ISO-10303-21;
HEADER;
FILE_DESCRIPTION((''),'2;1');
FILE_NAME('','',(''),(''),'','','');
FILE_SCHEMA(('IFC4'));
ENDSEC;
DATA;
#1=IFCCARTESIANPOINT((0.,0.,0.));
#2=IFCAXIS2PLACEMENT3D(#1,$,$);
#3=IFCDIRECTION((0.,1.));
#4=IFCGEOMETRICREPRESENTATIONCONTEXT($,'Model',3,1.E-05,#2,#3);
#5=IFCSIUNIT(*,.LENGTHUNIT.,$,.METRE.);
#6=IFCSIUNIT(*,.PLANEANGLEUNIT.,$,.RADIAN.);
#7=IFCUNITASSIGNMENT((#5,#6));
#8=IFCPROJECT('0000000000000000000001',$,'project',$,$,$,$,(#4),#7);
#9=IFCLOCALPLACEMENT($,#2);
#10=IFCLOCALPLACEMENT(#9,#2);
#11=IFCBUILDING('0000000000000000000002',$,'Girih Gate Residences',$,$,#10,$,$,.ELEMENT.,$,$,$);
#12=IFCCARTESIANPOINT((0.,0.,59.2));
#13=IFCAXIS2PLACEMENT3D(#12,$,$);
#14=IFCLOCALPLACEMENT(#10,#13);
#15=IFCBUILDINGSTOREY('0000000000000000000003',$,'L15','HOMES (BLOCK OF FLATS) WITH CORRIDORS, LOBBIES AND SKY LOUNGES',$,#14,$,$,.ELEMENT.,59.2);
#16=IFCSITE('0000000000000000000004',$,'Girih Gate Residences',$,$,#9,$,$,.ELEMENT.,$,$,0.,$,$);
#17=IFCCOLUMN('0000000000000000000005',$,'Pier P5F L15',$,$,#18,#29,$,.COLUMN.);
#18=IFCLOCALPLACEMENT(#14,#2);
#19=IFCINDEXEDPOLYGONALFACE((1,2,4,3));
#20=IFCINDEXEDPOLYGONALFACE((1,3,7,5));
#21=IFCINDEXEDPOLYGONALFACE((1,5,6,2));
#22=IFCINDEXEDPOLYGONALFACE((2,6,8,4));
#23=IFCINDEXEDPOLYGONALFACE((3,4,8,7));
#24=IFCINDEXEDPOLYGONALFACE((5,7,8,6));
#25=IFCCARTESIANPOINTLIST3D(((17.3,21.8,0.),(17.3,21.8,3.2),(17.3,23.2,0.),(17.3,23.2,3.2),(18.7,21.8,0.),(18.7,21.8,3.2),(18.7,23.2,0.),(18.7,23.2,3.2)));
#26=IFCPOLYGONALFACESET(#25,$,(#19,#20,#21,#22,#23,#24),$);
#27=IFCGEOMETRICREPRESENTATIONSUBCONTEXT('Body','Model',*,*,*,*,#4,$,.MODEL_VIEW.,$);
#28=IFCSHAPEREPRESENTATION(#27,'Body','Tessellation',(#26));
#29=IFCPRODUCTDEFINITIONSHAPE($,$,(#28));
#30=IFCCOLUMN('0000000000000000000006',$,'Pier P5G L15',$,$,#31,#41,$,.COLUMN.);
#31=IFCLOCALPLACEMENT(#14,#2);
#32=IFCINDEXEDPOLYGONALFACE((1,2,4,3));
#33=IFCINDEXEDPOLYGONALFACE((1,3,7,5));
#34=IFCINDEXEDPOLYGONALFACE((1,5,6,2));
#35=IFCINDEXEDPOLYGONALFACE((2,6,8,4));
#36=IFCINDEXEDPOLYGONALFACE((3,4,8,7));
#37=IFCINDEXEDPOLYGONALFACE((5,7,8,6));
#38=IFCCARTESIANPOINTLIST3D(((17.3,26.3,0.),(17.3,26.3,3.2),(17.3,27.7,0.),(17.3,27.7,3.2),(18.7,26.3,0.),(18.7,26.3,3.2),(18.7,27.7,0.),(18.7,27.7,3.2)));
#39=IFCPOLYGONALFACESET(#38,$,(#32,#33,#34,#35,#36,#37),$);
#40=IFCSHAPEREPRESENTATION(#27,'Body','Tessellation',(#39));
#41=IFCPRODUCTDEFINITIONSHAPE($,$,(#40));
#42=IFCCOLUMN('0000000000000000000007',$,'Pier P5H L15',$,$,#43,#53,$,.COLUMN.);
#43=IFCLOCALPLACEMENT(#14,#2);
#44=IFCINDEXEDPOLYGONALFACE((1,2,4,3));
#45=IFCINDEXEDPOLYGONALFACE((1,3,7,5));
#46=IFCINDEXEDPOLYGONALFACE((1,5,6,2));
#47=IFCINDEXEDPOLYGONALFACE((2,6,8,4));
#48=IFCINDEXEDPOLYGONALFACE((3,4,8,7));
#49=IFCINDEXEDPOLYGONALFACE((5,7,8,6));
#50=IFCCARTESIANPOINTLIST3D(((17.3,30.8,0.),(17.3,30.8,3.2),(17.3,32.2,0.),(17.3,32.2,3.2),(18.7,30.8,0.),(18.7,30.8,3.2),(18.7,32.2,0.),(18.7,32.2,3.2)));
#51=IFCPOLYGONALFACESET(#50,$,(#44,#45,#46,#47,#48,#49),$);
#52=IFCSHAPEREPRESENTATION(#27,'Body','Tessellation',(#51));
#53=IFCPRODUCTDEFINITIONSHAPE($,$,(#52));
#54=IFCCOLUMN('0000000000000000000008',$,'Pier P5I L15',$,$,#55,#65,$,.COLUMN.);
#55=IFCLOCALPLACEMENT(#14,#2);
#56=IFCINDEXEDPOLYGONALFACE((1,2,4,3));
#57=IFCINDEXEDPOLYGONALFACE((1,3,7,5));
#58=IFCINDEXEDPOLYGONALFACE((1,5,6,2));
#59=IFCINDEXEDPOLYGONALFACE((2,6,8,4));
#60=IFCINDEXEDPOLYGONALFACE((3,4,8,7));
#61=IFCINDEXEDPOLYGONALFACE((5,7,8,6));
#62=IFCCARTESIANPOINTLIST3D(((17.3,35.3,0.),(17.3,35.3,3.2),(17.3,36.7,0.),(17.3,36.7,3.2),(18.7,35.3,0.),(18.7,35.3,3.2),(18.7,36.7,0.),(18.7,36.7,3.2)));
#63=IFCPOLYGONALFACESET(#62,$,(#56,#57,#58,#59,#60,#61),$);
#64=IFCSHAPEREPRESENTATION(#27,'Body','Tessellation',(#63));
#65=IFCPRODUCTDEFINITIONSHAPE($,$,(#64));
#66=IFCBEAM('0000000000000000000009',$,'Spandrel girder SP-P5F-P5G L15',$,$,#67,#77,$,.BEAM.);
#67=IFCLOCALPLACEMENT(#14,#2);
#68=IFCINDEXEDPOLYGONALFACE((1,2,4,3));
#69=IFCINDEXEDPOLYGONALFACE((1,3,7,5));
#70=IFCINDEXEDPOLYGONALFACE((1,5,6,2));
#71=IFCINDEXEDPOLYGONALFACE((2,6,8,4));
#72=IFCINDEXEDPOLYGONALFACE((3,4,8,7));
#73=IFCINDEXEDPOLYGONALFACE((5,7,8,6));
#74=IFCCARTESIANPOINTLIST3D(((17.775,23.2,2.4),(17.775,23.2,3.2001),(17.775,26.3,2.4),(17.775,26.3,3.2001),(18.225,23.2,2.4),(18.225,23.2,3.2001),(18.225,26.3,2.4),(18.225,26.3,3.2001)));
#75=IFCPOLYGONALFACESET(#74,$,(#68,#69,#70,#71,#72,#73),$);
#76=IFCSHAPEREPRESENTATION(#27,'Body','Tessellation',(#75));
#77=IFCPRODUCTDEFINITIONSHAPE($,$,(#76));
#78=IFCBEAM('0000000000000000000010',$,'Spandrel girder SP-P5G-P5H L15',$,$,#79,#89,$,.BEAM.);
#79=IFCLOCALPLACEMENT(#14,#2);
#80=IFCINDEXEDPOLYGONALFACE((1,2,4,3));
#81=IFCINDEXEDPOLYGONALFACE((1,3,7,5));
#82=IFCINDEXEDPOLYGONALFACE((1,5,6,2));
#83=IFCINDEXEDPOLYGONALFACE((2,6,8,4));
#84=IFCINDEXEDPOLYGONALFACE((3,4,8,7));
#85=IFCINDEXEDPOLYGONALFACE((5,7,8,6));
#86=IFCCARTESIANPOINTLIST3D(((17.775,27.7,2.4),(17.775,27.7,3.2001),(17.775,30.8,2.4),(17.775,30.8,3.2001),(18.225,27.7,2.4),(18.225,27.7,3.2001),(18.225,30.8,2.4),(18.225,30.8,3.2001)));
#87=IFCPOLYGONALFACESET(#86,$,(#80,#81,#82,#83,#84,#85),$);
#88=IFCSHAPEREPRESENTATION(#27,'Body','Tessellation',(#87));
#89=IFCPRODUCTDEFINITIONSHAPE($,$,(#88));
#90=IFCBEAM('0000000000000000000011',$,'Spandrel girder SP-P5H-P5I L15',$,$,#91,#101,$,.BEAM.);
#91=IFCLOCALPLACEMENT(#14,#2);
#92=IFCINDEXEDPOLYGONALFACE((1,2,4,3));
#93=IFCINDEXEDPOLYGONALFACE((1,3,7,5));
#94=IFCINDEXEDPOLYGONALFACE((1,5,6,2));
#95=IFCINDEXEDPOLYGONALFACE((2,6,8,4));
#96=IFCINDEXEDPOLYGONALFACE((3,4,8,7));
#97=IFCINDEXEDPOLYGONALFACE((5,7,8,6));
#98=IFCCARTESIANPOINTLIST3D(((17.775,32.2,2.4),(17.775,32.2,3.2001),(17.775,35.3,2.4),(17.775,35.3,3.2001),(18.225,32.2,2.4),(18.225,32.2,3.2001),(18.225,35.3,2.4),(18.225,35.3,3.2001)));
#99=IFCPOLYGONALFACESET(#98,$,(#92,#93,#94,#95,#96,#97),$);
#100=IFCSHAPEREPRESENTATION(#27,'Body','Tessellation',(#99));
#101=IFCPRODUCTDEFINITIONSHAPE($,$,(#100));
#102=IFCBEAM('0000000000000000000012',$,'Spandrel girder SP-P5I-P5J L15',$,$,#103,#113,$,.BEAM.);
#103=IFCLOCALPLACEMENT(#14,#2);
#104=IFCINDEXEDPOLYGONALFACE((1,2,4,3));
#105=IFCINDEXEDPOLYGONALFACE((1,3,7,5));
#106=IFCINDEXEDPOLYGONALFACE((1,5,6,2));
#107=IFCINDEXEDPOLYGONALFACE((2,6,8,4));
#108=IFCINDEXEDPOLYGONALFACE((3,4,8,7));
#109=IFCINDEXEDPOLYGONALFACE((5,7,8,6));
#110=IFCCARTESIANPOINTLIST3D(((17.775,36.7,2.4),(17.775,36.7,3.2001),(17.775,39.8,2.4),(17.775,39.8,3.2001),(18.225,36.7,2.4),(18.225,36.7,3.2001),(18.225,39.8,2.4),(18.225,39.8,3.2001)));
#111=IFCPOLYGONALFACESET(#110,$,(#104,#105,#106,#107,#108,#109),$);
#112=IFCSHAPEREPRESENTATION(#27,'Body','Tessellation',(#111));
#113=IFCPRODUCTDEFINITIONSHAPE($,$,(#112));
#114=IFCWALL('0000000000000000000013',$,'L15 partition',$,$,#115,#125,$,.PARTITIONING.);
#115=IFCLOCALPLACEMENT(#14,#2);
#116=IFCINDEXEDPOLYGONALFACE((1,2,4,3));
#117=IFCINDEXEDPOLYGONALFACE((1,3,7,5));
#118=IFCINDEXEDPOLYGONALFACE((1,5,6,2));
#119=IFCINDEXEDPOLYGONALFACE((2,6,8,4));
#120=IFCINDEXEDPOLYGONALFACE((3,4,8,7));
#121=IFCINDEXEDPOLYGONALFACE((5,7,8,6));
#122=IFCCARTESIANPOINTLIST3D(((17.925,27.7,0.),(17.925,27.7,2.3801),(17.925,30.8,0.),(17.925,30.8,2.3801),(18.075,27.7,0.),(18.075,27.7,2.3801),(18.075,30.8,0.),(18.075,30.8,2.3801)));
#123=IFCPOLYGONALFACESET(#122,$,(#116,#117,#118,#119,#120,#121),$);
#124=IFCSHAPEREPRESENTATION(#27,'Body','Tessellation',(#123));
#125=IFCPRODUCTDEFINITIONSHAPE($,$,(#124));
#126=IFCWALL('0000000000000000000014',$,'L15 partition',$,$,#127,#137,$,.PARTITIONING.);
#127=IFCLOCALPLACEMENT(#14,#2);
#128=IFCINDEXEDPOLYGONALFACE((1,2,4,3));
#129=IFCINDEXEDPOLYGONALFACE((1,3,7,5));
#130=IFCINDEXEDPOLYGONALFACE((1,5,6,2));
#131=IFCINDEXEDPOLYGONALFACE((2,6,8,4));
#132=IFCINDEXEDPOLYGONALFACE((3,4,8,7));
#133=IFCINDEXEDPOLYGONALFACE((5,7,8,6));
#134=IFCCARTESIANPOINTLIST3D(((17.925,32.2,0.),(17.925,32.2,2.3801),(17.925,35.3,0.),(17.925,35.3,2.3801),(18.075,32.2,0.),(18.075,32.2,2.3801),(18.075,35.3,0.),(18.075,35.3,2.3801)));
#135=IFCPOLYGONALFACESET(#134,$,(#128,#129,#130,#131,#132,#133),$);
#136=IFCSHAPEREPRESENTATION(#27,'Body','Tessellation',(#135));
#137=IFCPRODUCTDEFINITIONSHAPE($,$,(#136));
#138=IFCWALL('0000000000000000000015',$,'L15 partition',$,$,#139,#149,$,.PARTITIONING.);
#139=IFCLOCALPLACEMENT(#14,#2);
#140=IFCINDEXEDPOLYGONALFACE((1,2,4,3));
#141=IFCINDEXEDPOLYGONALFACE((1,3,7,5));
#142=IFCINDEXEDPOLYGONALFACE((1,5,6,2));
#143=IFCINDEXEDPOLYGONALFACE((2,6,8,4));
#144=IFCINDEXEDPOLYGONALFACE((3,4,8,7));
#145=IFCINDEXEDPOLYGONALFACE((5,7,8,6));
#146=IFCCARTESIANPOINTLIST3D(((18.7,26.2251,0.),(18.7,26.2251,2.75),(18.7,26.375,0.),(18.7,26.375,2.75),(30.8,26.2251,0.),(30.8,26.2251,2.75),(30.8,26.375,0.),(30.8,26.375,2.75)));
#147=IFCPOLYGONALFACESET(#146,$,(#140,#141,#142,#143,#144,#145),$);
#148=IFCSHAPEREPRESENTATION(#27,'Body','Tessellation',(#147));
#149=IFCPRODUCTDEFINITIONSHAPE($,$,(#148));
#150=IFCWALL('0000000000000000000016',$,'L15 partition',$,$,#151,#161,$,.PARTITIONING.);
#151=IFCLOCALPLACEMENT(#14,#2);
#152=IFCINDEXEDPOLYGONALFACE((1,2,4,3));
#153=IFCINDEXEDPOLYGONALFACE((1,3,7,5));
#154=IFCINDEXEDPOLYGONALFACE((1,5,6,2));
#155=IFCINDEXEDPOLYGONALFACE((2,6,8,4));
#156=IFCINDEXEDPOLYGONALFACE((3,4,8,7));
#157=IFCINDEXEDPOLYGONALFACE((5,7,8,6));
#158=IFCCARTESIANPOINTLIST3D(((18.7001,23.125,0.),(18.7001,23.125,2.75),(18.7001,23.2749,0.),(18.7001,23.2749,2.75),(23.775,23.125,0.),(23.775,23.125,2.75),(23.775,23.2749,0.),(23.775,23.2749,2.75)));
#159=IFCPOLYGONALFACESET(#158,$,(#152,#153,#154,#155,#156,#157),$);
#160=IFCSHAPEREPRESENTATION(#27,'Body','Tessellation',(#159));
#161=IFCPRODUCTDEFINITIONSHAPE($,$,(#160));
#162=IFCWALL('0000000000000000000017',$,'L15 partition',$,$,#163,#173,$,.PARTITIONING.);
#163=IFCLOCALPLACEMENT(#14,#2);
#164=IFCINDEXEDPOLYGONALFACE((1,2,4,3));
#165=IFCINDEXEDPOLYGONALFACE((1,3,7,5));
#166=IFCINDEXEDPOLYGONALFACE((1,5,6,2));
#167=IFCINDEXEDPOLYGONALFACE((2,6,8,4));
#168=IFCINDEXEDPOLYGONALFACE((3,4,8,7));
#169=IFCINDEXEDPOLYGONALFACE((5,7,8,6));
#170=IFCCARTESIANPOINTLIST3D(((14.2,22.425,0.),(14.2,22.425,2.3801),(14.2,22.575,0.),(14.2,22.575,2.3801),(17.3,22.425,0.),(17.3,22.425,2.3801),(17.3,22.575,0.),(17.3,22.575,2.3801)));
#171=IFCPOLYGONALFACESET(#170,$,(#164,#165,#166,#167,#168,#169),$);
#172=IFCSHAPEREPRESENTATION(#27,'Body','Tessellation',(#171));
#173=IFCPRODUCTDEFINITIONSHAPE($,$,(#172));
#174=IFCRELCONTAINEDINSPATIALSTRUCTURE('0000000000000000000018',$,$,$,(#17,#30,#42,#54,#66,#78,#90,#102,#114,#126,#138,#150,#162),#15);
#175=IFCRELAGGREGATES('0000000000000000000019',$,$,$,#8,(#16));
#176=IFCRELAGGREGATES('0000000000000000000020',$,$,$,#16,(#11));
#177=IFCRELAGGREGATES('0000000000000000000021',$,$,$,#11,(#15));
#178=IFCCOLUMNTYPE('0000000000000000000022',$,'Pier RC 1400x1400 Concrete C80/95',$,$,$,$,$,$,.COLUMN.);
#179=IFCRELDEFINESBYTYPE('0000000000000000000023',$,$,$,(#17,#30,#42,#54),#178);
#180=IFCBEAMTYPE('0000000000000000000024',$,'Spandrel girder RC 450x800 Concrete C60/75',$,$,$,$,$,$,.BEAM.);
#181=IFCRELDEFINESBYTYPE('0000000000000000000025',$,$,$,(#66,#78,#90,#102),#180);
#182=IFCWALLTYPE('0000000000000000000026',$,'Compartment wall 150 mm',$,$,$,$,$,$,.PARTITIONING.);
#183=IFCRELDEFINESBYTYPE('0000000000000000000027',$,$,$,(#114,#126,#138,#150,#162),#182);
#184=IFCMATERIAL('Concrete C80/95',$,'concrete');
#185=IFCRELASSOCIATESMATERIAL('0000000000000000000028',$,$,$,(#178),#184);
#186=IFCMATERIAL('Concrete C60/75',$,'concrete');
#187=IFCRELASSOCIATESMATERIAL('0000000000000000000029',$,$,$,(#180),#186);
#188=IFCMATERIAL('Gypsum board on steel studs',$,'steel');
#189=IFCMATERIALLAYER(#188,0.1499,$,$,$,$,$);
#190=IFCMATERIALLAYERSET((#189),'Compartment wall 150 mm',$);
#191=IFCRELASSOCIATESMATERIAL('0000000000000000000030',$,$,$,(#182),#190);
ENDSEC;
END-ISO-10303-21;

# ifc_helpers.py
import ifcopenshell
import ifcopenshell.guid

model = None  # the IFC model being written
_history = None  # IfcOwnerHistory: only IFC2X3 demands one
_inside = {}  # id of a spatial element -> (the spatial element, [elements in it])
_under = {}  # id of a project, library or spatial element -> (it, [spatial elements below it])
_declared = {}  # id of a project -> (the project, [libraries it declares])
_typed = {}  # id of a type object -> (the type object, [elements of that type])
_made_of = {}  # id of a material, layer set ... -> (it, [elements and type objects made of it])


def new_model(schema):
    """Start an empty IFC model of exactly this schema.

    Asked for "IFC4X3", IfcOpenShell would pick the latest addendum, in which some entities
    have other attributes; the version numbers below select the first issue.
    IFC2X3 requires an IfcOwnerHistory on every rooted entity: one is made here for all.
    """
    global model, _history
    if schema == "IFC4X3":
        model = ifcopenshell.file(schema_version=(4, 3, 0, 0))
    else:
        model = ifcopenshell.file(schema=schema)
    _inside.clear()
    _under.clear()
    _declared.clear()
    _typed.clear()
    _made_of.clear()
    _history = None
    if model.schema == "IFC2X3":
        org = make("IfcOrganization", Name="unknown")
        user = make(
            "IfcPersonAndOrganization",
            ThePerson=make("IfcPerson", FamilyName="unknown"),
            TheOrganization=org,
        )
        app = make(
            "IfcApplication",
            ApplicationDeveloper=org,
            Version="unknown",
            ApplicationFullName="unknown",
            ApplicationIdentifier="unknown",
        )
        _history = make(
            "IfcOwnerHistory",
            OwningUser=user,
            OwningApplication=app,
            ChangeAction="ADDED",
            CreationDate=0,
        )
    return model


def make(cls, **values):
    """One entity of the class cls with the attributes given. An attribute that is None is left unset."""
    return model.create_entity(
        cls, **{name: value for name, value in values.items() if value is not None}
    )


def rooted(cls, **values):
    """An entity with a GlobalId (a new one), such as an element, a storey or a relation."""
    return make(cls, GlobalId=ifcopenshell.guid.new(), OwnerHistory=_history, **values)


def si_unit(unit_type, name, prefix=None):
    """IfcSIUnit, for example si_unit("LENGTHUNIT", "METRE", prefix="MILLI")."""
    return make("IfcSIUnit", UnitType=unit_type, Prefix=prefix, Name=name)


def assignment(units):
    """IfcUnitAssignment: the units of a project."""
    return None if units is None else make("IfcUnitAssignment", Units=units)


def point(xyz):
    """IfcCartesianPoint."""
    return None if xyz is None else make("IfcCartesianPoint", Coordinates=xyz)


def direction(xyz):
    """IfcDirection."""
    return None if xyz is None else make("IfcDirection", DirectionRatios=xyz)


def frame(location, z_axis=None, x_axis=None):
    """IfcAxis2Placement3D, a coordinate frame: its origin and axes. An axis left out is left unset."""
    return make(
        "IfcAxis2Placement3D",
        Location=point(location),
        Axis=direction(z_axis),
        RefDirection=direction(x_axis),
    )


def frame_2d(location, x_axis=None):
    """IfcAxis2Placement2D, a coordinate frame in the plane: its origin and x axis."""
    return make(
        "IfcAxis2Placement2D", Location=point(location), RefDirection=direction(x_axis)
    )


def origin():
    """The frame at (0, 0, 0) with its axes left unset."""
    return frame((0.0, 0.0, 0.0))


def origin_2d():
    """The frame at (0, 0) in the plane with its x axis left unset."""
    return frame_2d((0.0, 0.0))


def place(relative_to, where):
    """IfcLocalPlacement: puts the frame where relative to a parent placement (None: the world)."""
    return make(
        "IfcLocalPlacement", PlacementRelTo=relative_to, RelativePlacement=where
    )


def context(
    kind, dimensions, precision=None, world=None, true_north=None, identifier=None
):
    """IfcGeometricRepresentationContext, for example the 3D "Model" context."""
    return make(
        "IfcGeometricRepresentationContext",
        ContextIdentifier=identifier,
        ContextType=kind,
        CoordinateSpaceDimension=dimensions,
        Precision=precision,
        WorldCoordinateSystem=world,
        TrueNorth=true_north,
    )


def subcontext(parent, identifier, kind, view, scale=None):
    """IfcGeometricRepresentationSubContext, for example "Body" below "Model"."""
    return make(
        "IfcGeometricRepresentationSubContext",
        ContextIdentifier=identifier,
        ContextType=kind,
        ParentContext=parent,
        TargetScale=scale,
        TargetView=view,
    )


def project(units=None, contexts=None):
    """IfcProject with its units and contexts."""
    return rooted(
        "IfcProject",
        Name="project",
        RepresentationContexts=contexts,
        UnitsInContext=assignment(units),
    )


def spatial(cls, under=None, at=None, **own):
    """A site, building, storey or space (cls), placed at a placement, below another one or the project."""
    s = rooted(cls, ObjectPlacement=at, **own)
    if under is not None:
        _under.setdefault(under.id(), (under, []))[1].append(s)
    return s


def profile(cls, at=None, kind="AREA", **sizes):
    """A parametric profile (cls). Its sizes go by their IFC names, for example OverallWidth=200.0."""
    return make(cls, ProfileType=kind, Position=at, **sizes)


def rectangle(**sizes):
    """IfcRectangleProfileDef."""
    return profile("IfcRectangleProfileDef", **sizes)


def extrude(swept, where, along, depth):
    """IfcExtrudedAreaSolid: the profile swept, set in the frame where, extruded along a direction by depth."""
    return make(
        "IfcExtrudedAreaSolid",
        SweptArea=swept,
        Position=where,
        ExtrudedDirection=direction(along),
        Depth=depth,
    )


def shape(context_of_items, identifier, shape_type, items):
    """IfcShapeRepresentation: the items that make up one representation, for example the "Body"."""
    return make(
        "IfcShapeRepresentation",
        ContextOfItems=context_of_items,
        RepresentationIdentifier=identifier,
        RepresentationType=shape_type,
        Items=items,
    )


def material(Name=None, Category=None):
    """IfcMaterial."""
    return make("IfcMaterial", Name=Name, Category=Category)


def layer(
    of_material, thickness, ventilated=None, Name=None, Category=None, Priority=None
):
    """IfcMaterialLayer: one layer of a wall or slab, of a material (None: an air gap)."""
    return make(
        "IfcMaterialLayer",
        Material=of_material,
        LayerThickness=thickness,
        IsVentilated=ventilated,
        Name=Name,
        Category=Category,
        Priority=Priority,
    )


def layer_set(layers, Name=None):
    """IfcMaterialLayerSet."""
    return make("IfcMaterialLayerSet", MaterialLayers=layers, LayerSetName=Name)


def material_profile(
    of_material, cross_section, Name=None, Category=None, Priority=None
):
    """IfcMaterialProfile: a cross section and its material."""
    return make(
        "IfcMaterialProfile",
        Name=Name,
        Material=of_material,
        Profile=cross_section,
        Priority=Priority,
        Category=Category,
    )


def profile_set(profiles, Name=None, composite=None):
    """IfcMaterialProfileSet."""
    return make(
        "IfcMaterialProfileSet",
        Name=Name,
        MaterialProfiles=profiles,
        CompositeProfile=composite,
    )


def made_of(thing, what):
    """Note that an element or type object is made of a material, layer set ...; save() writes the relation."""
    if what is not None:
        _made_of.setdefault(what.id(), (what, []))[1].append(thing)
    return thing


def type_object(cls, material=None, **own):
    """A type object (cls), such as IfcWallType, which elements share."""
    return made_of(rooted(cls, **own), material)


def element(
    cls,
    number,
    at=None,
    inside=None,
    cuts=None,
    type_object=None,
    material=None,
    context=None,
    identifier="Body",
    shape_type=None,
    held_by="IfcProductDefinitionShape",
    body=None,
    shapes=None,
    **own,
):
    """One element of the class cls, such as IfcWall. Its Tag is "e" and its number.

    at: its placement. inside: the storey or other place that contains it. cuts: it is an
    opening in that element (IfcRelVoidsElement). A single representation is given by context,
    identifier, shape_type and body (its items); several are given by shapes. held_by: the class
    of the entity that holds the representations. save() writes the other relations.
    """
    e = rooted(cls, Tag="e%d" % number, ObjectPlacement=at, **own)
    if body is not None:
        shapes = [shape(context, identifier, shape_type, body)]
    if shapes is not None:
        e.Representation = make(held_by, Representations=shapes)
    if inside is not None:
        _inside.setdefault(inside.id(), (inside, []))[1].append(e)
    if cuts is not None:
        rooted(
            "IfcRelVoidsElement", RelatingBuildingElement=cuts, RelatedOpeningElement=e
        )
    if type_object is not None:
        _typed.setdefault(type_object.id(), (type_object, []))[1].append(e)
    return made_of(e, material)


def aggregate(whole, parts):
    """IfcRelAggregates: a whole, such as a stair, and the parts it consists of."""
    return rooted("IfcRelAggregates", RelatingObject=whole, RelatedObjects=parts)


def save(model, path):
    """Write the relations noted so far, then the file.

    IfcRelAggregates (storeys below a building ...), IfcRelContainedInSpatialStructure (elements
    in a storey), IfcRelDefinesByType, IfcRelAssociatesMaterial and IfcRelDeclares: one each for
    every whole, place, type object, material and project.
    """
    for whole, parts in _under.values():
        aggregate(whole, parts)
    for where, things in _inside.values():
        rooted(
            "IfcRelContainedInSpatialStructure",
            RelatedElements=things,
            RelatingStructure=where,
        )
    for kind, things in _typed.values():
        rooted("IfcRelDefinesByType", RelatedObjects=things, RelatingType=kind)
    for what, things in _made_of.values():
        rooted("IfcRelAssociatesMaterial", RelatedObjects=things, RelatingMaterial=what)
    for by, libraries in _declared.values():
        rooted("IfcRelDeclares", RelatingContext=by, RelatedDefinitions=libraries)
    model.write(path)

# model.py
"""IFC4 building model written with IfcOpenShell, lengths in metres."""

from ifc_helpers import new_model, si_unit, direction, frame, frame_2d, origin, origin_2d, place, context, subcontext, project, spatial, rectangle, extrude, material, layer, layer_set, material_profile, profile_set, type_object, element, save


model = new_model("IFC4")

# Units and contexts
model_context = context("Model", 3, precision=1e-05, world=origin(), true_north=direction((0.0, 1.0)))
body_context = subcontext(model_context, "Body", "Model", "MODEL_VIEW")
ifc_project = project(units=[si_unit("LENGTHUNIT", "METRE"), si_unit("PLANEANGLEUNIT", "RADIAN")], contexts=[model_context])

# Site, building, storey
site_placement = place(None, origin())
site = spatial("IfcSite", under=ifc_project, at=site_placement, Name="Girih Gate Residences", CompositionType="ELEMENT", RefElevation=0.0)
building_placement = place(site_placement, origin())
building = spatial("IfcBuilding", under=site, at=building_placement, Name="Girih Gate Residences", CompositionType="ELEMENT")
storey_placement = place(building_placement, frame((0.0, 0.0, 59.2)))
storey = spatial("IfcBuildingStorey", under=building, at=storey_placement, Name="L15", Description="HOMES (BLOCK OF FLATS) WITH CORRIDORS, LOBBIES AND SKY LOUNGES", CompositionType="ELEMENT", Elevation=59.2)

# Columns
ifc_material_1 = material(Name="Concrete C80/95", Category="concrete")
ifc_material_profile_1 = material_profile(ifc_material_1, rectangle(XDim=1.3999, YDim=1.3999, at=origin_2d()))
ifc_profile_set_1 = profile_set([ifc_material_profile_1], Name="Concrete C80/95")
column_type = type_object("IfcColumnType", Name="Pier RC 1400x1400 Concrete C80/95", PredefinedType="COLUMN", material=ifc_profile_set_1)
for number, where, z_axis, x_axis, name in (
    (1, (18.0, 22.5, 0.0), (0.0, 0.0, 1.0), (1.0, 0.0, 0.0), "Pier P5F L15"),
    (2, (18.0, 27.0, 0.0), (0.0, 0.0, 1.0), (1.0, 0.0, 0.0), "Pier P5G L15"),
    (3, (18.0, 31.5, 0.0), (0.0, 0.0, 1.0), (1.0, 0.0, 0.0), "Pier P5H L15"),
    (4, (18.0, 36.0, 0.0), (0.0, 0.0, 1.0), (1.0, 0.0, 0.0), "Pier P5I L15"),
):
    element("IfcColumn", number, at=place(storey_placement, frame(where, z_axis=z_axis, x_axis=x_axis)), inside=storey, type_object=column_type, Name=name, PredefinedType="COLUMN", context=body_context, shape_type="SweptSolid", body=[
        extrude(rectangle(XDim=1.3999, YDim=1.3999, at=origin_2d()), origin(), (0.0, 0.0, 1.0), 3.2),
    ])

# Beams
ifc_material_2 = material(Name="Concrete C60/75", Category="concrete")
ifc_material_profile_2 = material_profile(ifc_material_2, rectangle(XDim=0.45, YDim=0.8, at=origin_2d()))
ifc_profile_set_2 = profile_set([ifc_material_profile_2], Name="Concrete C60/75")
beam_type = type_object("IfcBeamType", Name="Spandrel girder RC 450x800 Concrete C60/75", PredefinedType="BEAM", material=ifc_profile_set_2)
for number, where, z_axis, x_axis, name in (
    (5, (18.0, 23.2, 2.8), (0.0, 1.0, 0.0), (-1.0, 0.0, 0.0), "Spandrel girder SP-P5F-P5G L15"),
    (6, (18.0, 27.7, 2.8), (0.0, 1.0, 0.0), (-1.0, 0.0, 0.0), "Spandrel girder SP-P5G-P5H L15"),
    (7, (18.0, 32.2, 2.8), (0.0, 1.0, 0.0), (-1.0, 0.0, 0.0), "Spandrel girder SP-P5H-P5I L15"),
    (8, (18.0, 36.7, 2.8), (0.0, 1.0, 0.0), (-1.0, 0.0, 0.0), "Spandrel girder SP-P5I-P5J L15"),
):
    element("IfcBeam", number, at=place(storey_placement, frame(where, z_axis=z_axis, x_axis=x_axis)), inside=storey, type_object=beam_type, Name=name, PredefinedType="BEAM", context=body_context, shape_type="SweptSolid", body=[
        extrude(rectangle(XDim=0.45, YDim=0.8, at=origin_2d()), origin(), (0.0, 0.0, 1.0), 3.1001),
    ])

# Walls
ifc_material_3 = material(Name="Gypsum board on steel studs", Category="steel")
ifc_layer_1 = layer(ifc_material_3, 0.1499)
ifc_layer_set_1 = layer_set([ifc_layer_1], Name="Compartment wall 150 mm")
wall_type_1 = type_object("IfcWallType", Name="Compartment wall 150 mm", PredefinedType="PARTITIONING", material=ifc_layer_set_1)
for number, where, z_axis, x_axis, name in (
    (9, (18.0, 27.7, 0.0), (0.0, 0.0, 1.0), (0.0, 1.0, 0.0), "L15 partition"),
    (10, (18.0, 32.2, 0.0), (0.0, 0.0, 1.0), (0.0, 1.0, 0.0), "L15 partition"),
):
    element("IfcWall", number, at=place(storey_placement, frame(where, z_axis=z_axis, x_axis=x_axis)), inside=storey, type_object=wall_type_1, Name=name, PredefinedType="PARTITIONING", context=body_context, shape_type="SweptSolid", body=[
        extrude(rectangle(XDim=3.1001, YDim=0.1499, at=frame_2d((1.55, 0.0))), origin(), (0.0, 0.0, 1.0), 2.3801),
    ])
wall_1_placement = place(storey_placement, frame((18.7, 26.3, 0.0), z_axis=(0.0, 0.0, 1.0), x_axis=(1.0, 0.0, 0.0)))
element("IfcWall", 11, at=wall_1_placement, inside=storey, type_object=wall_type_1, Name="L15 partition", PredefinedType="PARTITIONING", context=body_context, shape_type="SweptSolid", body=[
    extrude(rectangle(XDim=12.1001, YDim=0.1499, at=frame_2d((6.05, 0.0))), origin(), (0.0, 0.0, 1.0), 2.75),
])
wall_2_placement = place(storey_placement, frame((18.7, 23.2, 0.0), z_axis=(0.0, 0.0, 1.0), x_axis=(1.0, 0.0, 0.0)))
element("IfcWall", 12, at=wall_2_placement, inside=storey, type_object=wall_type_1, Name="L15 partition", PredefinedType="PARTITIONING", context=body_context, shape_type="SweptSolid", body=[
    extrude(rectangle(XDim=5.075, YDim=0.1499, at=frame_2d((2.5376, 0.0))), origin(), (0.0, 0.0, 1.0), 2.75),
])
wall_3_placement = place(storey_placement, frame((14.2, 22.5, 0.0), z_axis=(0.0, 0.0, 1.0), x_axis=(1.0, 0.0, 0.0)))
element("IfcWall", 13, at=wall_3_placement, inside=storey, type_object=wall_type_1, Name="L15 partition", PredefinedType="PARTITIONING", context=body_context, shape_type="SweptSolid", body=[
    extrude(rectangle(XDim=3.1001, YDim=0.1499, at=frame_2d((1.55, 0.0))), origin(), (0.0, 0.0, 1.0), 2.3801),
])

save(model, "model.ifc")
